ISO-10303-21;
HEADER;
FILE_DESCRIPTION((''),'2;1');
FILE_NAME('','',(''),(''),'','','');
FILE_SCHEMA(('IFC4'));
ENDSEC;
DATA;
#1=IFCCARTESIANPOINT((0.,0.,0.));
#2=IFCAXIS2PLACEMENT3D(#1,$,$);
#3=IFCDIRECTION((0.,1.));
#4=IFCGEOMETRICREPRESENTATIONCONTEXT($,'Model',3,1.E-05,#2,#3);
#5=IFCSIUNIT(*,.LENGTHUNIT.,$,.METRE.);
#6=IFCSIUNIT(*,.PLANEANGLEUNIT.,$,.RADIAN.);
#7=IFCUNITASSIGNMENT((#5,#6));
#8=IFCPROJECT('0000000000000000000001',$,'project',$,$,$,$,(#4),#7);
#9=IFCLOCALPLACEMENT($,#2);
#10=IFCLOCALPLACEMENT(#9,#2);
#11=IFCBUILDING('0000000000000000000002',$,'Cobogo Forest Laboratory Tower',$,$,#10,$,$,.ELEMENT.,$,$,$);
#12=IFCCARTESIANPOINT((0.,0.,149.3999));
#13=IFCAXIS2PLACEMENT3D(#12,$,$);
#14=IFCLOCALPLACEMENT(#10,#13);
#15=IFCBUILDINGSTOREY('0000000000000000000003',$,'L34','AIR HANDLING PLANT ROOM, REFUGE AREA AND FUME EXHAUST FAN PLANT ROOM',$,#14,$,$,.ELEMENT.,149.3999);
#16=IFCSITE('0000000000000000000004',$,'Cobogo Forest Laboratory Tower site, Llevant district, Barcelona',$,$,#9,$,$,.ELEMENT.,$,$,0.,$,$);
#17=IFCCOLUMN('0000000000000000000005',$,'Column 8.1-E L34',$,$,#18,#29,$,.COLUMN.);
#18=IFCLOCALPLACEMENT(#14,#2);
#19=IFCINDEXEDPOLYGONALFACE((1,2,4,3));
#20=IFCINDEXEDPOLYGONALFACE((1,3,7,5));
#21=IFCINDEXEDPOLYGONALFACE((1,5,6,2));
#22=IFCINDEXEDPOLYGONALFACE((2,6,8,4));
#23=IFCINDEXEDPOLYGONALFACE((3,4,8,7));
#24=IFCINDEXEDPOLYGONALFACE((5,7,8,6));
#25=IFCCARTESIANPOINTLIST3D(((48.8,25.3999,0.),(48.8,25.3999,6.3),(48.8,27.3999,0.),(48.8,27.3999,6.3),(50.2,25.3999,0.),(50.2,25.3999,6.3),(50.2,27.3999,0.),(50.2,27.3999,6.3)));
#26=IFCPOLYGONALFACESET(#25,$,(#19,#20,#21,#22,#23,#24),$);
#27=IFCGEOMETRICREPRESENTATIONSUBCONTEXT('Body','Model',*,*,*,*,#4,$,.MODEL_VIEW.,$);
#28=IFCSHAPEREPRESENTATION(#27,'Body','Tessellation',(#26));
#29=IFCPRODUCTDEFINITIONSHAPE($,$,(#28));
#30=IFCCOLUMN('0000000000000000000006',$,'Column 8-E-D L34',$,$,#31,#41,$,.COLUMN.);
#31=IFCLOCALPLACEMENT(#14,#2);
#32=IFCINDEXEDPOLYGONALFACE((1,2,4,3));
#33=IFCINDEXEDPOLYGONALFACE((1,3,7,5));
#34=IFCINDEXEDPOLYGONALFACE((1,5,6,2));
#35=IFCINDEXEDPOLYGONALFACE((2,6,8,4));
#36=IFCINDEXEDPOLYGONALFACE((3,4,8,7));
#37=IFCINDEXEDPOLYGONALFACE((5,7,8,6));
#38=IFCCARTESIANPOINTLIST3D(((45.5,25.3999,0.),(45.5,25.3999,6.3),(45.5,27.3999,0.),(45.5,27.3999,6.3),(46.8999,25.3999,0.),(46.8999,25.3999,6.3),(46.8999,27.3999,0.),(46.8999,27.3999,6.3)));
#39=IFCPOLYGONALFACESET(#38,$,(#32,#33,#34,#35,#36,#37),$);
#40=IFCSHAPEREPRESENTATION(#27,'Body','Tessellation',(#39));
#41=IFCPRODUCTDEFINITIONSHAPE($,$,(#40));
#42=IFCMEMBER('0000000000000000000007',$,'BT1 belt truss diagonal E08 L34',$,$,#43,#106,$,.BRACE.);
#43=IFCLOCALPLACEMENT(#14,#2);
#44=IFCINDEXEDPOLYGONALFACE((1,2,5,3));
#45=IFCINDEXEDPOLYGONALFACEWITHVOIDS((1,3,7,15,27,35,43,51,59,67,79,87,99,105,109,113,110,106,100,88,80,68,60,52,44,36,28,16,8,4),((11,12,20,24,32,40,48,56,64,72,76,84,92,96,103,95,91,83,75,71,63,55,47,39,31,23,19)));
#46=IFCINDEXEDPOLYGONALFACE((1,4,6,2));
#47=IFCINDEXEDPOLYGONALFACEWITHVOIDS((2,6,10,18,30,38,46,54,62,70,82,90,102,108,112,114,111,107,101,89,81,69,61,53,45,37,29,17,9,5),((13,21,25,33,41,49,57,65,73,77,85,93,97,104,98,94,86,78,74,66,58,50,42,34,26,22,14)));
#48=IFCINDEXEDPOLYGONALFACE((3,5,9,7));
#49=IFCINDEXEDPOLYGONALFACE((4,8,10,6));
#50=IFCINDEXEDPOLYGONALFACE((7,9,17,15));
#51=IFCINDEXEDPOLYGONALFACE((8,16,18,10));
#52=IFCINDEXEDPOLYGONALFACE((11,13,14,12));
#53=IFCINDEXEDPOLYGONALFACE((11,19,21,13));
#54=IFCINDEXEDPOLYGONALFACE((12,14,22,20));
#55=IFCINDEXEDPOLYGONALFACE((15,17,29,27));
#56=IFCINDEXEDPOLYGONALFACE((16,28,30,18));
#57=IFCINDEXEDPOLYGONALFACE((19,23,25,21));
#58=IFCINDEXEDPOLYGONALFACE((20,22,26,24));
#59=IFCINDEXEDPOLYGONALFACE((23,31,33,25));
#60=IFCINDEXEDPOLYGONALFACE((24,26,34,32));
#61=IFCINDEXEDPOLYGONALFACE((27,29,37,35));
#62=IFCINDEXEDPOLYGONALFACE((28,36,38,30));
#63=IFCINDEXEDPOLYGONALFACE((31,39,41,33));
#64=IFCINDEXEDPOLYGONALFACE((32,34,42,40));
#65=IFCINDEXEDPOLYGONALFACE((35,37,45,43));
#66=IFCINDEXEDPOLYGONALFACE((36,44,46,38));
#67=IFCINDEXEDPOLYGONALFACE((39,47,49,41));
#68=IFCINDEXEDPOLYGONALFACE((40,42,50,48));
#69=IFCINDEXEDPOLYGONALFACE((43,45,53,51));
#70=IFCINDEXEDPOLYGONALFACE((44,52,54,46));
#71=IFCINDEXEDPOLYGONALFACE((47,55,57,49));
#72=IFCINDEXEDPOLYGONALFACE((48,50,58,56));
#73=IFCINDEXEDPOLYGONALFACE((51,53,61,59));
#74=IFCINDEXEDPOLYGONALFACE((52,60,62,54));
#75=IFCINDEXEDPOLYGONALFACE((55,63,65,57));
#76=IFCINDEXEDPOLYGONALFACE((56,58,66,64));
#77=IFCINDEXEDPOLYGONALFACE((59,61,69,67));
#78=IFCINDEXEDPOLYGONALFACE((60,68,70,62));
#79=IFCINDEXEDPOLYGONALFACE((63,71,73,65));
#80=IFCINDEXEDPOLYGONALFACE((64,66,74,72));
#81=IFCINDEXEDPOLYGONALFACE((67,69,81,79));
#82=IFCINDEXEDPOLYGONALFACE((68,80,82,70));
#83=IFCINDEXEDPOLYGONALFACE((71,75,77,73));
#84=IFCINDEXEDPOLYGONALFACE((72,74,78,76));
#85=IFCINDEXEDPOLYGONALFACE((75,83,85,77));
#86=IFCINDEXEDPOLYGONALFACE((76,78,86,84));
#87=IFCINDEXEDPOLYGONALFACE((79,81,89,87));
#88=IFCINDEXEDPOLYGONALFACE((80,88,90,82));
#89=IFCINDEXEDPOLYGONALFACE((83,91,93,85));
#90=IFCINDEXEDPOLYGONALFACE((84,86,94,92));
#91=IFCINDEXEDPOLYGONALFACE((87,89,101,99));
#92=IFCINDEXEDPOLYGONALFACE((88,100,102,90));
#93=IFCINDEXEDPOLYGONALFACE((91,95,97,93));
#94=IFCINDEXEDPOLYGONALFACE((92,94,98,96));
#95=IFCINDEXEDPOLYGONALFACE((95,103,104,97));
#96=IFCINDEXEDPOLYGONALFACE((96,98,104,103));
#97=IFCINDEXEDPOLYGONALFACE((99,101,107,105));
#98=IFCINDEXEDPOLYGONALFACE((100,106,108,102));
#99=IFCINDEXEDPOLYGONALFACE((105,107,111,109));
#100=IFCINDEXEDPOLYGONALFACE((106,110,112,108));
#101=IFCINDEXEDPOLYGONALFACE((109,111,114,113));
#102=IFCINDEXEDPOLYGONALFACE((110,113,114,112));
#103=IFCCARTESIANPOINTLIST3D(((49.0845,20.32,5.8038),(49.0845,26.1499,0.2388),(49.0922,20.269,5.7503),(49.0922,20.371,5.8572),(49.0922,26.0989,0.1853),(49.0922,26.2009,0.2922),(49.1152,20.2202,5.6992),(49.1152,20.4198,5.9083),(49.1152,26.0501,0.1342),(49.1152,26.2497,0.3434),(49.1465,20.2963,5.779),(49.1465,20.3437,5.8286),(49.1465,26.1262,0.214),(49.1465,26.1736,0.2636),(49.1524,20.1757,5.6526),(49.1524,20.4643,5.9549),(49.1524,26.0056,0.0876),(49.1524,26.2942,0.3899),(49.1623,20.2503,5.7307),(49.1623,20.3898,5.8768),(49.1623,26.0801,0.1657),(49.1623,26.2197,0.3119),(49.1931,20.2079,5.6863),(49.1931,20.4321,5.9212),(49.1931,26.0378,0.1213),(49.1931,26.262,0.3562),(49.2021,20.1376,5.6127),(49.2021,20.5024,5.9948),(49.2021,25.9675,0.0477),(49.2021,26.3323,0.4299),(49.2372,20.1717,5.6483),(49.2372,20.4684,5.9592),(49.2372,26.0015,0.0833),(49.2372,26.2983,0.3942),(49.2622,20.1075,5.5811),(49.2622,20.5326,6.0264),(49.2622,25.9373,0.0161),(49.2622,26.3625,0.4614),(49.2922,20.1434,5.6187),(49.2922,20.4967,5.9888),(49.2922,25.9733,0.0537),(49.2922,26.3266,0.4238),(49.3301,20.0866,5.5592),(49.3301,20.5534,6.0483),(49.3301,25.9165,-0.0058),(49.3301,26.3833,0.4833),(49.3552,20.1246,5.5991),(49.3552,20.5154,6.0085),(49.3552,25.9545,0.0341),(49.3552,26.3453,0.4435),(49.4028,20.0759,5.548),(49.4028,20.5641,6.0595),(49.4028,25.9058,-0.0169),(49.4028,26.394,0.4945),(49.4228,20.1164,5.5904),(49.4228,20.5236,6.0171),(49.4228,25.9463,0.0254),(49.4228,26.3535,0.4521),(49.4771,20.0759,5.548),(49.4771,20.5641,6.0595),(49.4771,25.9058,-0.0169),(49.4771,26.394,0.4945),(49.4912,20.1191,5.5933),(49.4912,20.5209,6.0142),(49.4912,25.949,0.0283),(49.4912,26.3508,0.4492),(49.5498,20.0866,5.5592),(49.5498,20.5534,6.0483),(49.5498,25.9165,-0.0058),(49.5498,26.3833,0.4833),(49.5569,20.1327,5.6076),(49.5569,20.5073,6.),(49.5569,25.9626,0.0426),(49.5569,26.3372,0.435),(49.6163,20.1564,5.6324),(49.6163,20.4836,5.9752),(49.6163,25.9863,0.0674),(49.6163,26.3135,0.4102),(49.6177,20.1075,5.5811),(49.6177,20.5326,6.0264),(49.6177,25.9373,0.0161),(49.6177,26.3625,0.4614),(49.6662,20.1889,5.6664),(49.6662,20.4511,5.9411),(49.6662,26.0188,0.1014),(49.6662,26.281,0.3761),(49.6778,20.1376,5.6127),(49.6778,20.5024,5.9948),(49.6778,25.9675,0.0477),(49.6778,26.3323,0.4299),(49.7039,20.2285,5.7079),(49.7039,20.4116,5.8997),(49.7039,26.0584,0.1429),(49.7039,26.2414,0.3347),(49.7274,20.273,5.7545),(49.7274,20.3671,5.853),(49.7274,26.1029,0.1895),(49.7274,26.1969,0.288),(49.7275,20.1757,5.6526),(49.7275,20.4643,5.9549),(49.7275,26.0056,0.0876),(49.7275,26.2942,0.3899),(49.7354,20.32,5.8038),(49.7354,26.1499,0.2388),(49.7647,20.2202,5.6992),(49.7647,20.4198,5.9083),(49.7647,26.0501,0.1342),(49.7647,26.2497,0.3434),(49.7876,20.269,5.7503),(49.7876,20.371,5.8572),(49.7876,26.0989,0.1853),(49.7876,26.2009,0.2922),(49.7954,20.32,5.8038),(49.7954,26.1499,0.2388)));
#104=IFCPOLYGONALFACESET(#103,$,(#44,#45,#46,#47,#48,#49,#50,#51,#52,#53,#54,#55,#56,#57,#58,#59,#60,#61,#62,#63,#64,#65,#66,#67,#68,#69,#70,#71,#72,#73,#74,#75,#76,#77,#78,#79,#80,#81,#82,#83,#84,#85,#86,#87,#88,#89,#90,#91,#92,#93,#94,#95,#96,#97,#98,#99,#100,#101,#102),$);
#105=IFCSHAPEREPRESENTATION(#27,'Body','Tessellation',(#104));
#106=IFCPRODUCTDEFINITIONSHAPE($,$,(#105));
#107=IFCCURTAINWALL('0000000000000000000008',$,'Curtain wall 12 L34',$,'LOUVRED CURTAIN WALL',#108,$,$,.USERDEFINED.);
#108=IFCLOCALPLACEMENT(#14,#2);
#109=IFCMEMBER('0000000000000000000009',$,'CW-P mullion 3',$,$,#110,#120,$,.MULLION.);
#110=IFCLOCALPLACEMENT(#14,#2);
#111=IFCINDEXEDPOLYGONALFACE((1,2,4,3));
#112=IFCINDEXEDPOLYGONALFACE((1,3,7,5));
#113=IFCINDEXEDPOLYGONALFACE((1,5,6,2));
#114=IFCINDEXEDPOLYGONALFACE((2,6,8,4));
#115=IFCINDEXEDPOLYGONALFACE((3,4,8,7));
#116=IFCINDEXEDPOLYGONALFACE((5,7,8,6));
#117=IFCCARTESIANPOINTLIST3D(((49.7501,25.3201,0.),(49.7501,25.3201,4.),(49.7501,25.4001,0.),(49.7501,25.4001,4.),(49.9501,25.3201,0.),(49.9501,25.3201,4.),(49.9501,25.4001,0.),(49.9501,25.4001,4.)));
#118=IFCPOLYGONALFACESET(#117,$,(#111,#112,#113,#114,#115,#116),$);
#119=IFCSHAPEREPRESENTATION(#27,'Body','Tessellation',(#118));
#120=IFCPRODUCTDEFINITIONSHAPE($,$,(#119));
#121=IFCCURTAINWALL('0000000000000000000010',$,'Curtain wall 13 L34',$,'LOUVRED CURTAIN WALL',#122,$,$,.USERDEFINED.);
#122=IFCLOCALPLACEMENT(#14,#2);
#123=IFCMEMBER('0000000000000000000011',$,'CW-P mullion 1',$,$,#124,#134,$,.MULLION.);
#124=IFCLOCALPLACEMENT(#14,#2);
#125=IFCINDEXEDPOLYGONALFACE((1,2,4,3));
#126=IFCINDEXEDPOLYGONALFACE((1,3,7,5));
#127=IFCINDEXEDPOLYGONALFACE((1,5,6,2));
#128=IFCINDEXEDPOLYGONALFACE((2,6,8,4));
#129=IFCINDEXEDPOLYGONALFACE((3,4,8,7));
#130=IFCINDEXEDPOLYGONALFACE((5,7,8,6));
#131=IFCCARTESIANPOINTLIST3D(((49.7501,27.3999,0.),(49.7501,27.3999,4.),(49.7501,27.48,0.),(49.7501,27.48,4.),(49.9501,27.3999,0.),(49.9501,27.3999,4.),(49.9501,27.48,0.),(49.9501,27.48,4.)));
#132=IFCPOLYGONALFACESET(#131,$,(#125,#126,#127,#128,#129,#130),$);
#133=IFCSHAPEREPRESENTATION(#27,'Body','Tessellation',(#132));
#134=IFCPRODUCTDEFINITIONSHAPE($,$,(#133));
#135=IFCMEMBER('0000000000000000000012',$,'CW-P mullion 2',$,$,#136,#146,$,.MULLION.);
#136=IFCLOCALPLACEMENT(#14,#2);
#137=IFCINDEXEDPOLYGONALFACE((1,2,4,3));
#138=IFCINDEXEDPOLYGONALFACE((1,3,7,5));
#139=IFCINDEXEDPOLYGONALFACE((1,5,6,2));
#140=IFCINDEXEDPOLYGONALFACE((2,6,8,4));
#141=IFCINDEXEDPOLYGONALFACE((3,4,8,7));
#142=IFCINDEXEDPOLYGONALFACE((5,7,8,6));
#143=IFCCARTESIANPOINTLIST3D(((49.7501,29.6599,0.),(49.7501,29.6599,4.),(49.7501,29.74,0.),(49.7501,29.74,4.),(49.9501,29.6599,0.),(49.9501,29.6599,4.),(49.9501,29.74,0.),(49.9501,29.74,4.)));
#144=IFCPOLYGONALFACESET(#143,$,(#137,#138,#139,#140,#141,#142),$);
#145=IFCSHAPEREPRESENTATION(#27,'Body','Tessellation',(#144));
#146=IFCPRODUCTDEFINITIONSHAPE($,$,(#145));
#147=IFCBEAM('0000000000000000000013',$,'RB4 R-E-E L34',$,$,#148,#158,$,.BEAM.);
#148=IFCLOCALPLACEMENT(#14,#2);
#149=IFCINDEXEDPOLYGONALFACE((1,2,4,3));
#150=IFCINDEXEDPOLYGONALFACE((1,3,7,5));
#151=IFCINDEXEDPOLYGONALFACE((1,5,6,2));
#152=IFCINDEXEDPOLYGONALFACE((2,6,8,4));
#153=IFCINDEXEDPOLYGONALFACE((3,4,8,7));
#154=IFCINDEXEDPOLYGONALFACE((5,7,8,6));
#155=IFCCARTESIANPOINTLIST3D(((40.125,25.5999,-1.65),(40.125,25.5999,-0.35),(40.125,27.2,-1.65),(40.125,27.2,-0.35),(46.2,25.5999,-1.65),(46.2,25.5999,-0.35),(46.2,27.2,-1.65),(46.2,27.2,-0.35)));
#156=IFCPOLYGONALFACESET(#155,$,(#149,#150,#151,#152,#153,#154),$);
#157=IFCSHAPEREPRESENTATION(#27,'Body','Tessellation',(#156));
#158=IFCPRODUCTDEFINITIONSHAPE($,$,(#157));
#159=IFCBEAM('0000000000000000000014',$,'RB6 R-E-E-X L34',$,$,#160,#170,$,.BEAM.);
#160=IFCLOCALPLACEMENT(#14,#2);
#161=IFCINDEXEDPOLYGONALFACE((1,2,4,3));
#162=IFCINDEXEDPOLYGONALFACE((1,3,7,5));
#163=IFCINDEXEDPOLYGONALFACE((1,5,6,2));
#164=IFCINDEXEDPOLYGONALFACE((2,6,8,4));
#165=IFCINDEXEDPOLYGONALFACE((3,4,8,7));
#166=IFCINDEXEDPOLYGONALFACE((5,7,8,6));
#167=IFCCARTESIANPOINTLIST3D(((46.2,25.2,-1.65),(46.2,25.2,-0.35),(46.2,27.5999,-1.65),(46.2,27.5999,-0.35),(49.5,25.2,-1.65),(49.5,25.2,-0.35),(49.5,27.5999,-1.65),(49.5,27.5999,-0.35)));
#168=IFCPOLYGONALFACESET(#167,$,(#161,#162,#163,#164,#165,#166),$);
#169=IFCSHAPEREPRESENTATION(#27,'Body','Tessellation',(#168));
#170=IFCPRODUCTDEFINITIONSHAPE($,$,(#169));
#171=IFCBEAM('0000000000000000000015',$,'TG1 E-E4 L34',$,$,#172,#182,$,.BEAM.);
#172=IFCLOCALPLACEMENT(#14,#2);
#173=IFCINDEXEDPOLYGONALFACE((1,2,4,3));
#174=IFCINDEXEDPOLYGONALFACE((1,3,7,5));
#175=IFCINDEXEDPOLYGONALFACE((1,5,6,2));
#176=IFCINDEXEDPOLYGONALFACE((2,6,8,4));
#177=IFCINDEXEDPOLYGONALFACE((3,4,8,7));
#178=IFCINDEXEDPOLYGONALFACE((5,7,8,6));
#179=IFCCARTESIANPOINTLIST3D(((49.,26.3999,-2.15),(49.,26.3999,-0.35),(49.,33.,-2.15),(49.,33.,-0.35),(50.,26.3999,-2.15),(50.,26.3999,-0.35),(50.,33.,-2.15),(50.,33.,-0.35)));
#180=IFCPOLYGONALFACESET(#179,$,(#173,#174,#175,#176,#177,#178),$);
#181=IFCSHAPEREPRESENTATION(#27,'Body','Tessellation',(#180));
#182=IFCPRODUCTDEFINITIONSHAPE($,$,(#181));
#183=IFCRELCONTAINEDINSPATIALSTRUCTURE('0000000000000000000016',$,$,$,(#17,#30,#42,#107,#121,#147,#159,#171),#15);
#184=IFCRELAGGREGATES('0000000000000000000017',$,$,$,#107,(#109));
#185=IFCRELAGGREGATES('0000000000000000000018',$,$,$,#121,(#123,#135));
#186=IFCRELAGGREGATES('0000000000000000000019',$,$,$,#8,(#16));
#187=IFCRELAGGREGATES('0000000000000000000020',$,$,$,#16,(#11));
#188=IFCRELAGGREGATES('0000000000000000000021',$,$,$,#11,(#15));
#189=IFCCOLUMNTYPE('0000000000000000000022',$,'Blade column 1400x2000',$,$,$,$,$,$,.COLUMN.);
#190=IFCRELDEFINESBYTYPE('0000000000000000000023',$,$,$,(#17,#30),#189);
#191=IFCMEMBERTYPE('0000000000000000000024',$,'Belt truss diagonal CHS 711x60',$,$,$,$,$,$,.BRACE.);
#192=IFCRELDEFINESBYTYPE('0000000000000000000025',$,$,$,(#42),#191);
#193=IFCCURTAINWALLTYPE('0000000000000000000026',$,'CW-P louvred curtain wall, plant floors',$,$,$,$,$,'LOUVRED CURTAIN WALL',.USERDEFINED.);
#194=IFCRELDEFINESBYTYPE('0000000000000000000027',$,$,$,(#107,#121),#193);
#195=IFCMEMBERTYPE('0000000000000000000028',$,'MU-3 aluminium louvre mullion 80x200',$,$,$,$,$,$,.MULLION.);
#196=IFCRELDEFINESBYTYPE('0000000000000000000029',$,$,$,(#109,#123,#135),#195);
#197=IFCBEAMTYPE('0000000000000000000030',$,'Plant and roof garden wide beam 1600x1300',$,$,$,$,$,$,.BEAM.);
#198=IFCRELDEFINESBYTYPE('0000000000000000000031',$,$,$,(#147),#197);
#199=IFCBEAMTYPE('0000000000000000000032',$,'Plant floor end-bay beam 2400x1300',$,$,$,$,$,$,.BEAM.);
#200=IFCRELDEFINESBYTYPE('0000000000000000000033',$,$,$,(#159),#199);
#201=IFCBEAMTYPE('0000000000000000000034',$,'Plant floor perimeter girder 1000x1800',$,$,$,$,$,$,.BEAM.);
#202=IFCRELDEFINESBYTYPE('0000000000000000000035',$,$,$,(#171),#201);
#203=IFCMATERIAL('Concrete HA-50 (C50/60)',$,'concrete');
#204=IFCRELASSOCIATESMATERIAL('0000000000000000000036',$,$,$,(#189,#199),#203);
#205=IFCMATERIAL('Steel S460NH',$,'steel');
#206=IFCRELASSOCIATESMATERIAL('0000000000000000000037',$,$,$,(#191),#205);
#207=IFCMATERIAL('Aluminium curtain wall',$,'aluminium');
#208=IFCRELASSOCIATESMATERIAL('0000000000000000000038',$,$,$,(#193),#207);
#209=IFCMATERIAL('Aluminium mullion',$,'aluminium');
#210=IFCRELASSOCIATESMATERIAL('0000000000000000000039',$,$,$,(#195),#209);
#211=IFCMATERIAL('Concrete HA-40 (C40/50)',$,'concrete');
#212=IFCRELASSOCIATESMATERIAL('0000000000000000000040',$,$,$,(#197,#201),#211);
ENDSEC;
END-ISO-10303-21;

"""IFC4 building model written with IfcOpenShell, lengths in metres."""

from ifc_helpers import new_model, si_unit, direction, frame, origin, origin_2d, place, context, subcontext, project, spatial, rectangle, hollow_circle, extrude, material, material_profile, profile_set, type_object, element, aggregate, save


model = new_model("IFC4")

# Units and contexts
model_context = context("Model", 3, precision=1e-05, world=origin(), true_north=direction((0.0, 1.0)))
body_context = subcontext(model_context, "Body", "Model", "MODEL_VIEW")
ifc_project = project(units=[si_unit("LENGTHUNIT", "METRE"), si_unit("PLANEANGLEUNIT", "RADIAN")], contexts=[model_context])

# Site, building, storey
site_placement = place(None, origin())
site = spatial("IfcSite", under=ifc_project, at=site_placement, Name="Cobogo Forest Laboratory Tower site, Llevant district, Barcelona", CompositionType="ELEMENT", RefElevation=0.0)
building_placement = place(site_placement, origin())
building = spatial("IfcBuilding", under=site, at=building_placement, Name="Cobogo Forest Laboratory Tower", CompositionType="ELEMENT")
storey_placement = place(building_placement, frame((0.0, 0.0, 149.3999)))
storey = spatial("IfcBuildingStorey", under=building, at=storey_placement, Name="L34", Description="AIR HANDLING PLANT ROOM, REFUGE AREA AND FUME EXHAUST FAN PLANT ROOM", CompositionType="ELEMENT", Elevation=149.3999)

# Columns
ifc_material_1 = material(Name="Concrete HA-50 (C50/60)", Category="concrete")
ifc_material_profile_1 = material_profile(ifc_material_1, rectangle(XDim=2.0, YDim=1.3999, at=origin_2d()), Name="RC 1400x2000")
ifc_profile_set_1 = profile_set([ifc_material_profile_1], Name="Concrete HA-50 (C50/60)")
column_type = type_object("IfcColumnType", Name="Blade column 1400x2000", PredefinedType="COLUMN", material=ifc_profile_set_1)
for number, where, z_axis, x_axis, name in (
    (1, (49.5, 26.3999, 0.0), (0.0, 0.0, 1.0), (0.0, 1.0, 0.0), "Column 8.1-E L34"),
    (2, (46.2, 26.3999, 0.0), (0.0, 0.0, 1.0), (0.0, 1.0, 0.0), "Column 8-E-D L34"),
):
    element("IfcColumn", number, at=place(storey_placement, frame(where, z_axis=z_axis, x_axis=x_axis)), inside=storey, type_object=column_type, Name=name, PredefinedType="COLUMN", context=body_context, shape_type="SweptSolid", body=[
        extrude(rectangle(XDim=2.0, YDim=1.3999, at=origin_2d()), origin(), (0.0, 0.0, 1.0), 6.3),
    ])

# Member
ifc_material_2 = material(Name="Steel S460NH", Category="steel")
ifc_material_profile_2 = material_profile(ifc_material_2, hollow_circle(Radius=0.3555, WallThickness=0.0601, at=origin_2d()), Name="CHS 711x60")
ifc_profile_set_2 = profile_set([ifc_material_profile_2], Name="Steel S460NH")
member_type_1 = type_object("IfcMemberType", Name="Belt truss diagonal CHS 711x60", PredefinedType="BRACE", material=ifc_profile_set_2)
member_1_placement = place(storey_placement, frame((49.4399, 26.1499, 0.2388), z_axis=(0.0, -0.723349, 0.690482), x_axis=(1.0, 0.0, 0.0)))
element("IfcMember", 3, at=member_1_placement, inside=storey, type_object=member_type_1, Name="BT1 belt truss diagonal E08 L34", PredefinedType="BRACE", context=body_context, shape_type="SweptSolid", body=[
    extrude(hollow_circle(Radius=0.3555, WallThickness=0.0601, at=origin_2d()), origin(), (0.0, 0.0, 1.0), 8.0596),
])

# Curtain wall, member
ifc_material_3 = material(Name="Aluminium curtain wall", Category="aluminium")
curtain_wall_type = type_object("IfcCurtainWallType", Name="CW-P louvred curtain wall, plant floors", ElementType="LOUVRED CURTAIN WALL", PredefinedType="USERDEFINED", material=ifc_material_3)
curtain_wall_1_placement = place(storey_placement, origin())
curtain_wall_1 = element("IfcCurtainWall", 4, at=curtain_wall_1_placement, inside=storey, type_object=curtain_wall_type, Name="Curtain wall 12 L34", ObjectType="LOUVRED CURTAIN WALL", PredefinedType="USERDEFINED")
ifc_material_4 = material(Name="Aluminium mullion", Category="aluminium")
ifc_material_profile_3 = material_profile(ifc_material_4, rectangle(XDim=0.0801, YDim=0.2, at=origin_2d()), Name="AL 80x200")
ifc_profile_set_3 = profile_set([ifc_material_profile_3], Name="Aluminium mullion")
member_type_2 = type_object("IfcMemberType", Name="MU-3 aluminium louvre mullion 80x200", PredefinedType="MULLION", material=ifc_profile_set_3)
member_2_placement = place(storey_placement, frame((49.8501, 25.3601, 0.0), z_axis=(0.0, 0.0, 1.0), x_axis=(0.0, 1.0, 0.0)))
member_2 = element("IfcMember", 5, at=member_2_placement, type_object=member_type_2, Name="CW-P mullion 3", PredefinedType="MULLION", context=body_context, shape_type="SweptSolid", body=[
    extrude(rectangle(XDim=0.0801, YDim=0.2, at=origin_2d()), origin(), (0.0, 0.0, 1.0), 4.0),
])

# Curtain wall, members
curtain_wall_2_placement = place(storey_placement, origin())
curtain_wall_2 = element("IfcCurtainWall", 6, at=curtain_wall_2_placement, inside=storey, type_object=curtain_wall_type, Name="Curtain wall 13 L34", ObjectType="LOUVRED CURTAIN WALL", PredefinedType="USERDEFINED")
member_3_placement = place(storey_placement, frame((49.8501, 27.4399, 0.0), z_axis=(0.0, 0.0, 1.0), x_axis=(0.0, 1.0, 0.0)))
member_3 = element("IfcMember", 7, at=member_3_placement, type_object=member_type_2, Name="CW-P mullion 1", PredefinedType="MULLION", context=body_context, shape_type="SweptSolid", body=[
    extrude(rectangle(XDim=0.0801, YDim=0.2, at=origin_2d()), origin(), (0.0, 0.0, 1.0), 4.0),
])
member_4_placement = place(storey_placement, frame((49.8501, 29.7, 0.0), z_axis=(0.0, 0.0, 1.0), x_axis=(0.0, 1.0, 0.0)))
member_4 = element("IfcMember", 8, at=member_4_placement, type_object=member_type_2, Name="CW-P mullion 2", PredefinedType="MULLION", context=body_context, shape_type="SweptSolid", body=[
    extrude(rectangle(XDim=0.0801, YDim=0.2, at=origin_2d()), origin(), (0.0, 0.0, 1.0), 4.0),
])

# Beams
ifc_material_5 = material(Name="Concrete HA-40 (C40/50)", Category="concrete")
ifc_material_profile_4 = material_profile(ifc_material_5, rectangle(XDim=1.6001, YDim=1.3, at=origin_2d()), Name="RC 1600x1300")
ifc_profile_set_4 = profile_set([ifc_material_profile_4], Name="Concrete HA-40 (C40/50)")
beam_type_1 = type_object("IfcBeamType", Name="Plant and roof garden wide beam 1600x1300", PredefinedType="BEAM", material=ifc_profile_set_4)
beam_1_placement = place(storey_placement, frame((40.125, 26.3999, -1.0), z_axis=(1.0, 0.0, 0.0), x_axis=(0.0, 1.0, 0.0)))
element("IfcBeam", 9, at=beam_1_placement, inside=storey, type_object=beam_type_1, Name="RB4 R-E-E L34", PredefinedType="BEAM", context=body_context, shape_type="SweptSolid", body=[
    extrude(rectangle(XDim=1.6001, YDim=1.3, at=origin_2d()), origin(), (0.0, 0.0, 1.0), 6.075),
])
ifc_material_profile_5 = material_profile(ifc_material_1, rectangle(XDim=2.3999, YDim=1.3, at=origin_2d()), Name="RC 2400x1300")
ifc_profile_set_5 = profile_set([ifc_material_profile_5], Name="Concrete HA-50 (C50/60)")
beam_type_2 = type_object("IfcBeamType", Name="Plant floor end-bay beam 2400x1300", PredefinedType="BEAM", material=ifc_profile_set_5)
beam_2_placement = place(storey_placement, frame((49.5, 26.3999, -1.0), z_axis=(-1.0, 0.0, 0.0), x_axis=(0.0, -1.0, 0.0)))
element("IfcBeam", 10, at=beam_2_placement, inside=storey, type_object=beam_type_2, Name="RB6 R-E-E-X L34", PredefinedType="BEAM", context=body_context, shape_type="SweptSolid", body=[
    extrude(rectangle(XDim=2.3999, YDim=1.3, at=origin_2d()), origin(), (0.0, 0.0, 1.0), 3.3),
])
ifc_material_profile_6 = material_profile(ifc_material_5, rectangle(XDim=1.0, YDim=1.8, at=origin_2d()), Name="RC 1000x1800")
ifc_profile_set_6 = profile_set([ifc_material_profile_6], Name="Concrete HA-40 (C40/50)")
beam_type_3 = type_object("IfcBeamType", Name="Plant floor perimeter girder 1000x1800", PredefinedType="BEAM", material=ifc_profile_set_6)
beam_3_placement = place(storey_placement, frame((49.5, 26.3999, -1.25), z_axis=(0.0, 1.0, 0.0), x_axis=(-1.0, 0.0, 0.0)))
element("IfcBeam", 11, at=beam_3_placement, inside=storey, type_object=beam_type_3, Name="TG1 E-E4 L34", PredefinedType="BEAM", context=body_context, shape_type="SweptSolid", body=[
    extrude(rectangle(XDim=1.0, YDim=1.8, at=origin_2d()), origin(), (0.0, 0.0, 1.0), 6.6001),
])

aggregate(curtain_wall_1, [member_2])
aggregate(curtain_wall_2, [member_3, member_4])

save(model, "model.ifc")
